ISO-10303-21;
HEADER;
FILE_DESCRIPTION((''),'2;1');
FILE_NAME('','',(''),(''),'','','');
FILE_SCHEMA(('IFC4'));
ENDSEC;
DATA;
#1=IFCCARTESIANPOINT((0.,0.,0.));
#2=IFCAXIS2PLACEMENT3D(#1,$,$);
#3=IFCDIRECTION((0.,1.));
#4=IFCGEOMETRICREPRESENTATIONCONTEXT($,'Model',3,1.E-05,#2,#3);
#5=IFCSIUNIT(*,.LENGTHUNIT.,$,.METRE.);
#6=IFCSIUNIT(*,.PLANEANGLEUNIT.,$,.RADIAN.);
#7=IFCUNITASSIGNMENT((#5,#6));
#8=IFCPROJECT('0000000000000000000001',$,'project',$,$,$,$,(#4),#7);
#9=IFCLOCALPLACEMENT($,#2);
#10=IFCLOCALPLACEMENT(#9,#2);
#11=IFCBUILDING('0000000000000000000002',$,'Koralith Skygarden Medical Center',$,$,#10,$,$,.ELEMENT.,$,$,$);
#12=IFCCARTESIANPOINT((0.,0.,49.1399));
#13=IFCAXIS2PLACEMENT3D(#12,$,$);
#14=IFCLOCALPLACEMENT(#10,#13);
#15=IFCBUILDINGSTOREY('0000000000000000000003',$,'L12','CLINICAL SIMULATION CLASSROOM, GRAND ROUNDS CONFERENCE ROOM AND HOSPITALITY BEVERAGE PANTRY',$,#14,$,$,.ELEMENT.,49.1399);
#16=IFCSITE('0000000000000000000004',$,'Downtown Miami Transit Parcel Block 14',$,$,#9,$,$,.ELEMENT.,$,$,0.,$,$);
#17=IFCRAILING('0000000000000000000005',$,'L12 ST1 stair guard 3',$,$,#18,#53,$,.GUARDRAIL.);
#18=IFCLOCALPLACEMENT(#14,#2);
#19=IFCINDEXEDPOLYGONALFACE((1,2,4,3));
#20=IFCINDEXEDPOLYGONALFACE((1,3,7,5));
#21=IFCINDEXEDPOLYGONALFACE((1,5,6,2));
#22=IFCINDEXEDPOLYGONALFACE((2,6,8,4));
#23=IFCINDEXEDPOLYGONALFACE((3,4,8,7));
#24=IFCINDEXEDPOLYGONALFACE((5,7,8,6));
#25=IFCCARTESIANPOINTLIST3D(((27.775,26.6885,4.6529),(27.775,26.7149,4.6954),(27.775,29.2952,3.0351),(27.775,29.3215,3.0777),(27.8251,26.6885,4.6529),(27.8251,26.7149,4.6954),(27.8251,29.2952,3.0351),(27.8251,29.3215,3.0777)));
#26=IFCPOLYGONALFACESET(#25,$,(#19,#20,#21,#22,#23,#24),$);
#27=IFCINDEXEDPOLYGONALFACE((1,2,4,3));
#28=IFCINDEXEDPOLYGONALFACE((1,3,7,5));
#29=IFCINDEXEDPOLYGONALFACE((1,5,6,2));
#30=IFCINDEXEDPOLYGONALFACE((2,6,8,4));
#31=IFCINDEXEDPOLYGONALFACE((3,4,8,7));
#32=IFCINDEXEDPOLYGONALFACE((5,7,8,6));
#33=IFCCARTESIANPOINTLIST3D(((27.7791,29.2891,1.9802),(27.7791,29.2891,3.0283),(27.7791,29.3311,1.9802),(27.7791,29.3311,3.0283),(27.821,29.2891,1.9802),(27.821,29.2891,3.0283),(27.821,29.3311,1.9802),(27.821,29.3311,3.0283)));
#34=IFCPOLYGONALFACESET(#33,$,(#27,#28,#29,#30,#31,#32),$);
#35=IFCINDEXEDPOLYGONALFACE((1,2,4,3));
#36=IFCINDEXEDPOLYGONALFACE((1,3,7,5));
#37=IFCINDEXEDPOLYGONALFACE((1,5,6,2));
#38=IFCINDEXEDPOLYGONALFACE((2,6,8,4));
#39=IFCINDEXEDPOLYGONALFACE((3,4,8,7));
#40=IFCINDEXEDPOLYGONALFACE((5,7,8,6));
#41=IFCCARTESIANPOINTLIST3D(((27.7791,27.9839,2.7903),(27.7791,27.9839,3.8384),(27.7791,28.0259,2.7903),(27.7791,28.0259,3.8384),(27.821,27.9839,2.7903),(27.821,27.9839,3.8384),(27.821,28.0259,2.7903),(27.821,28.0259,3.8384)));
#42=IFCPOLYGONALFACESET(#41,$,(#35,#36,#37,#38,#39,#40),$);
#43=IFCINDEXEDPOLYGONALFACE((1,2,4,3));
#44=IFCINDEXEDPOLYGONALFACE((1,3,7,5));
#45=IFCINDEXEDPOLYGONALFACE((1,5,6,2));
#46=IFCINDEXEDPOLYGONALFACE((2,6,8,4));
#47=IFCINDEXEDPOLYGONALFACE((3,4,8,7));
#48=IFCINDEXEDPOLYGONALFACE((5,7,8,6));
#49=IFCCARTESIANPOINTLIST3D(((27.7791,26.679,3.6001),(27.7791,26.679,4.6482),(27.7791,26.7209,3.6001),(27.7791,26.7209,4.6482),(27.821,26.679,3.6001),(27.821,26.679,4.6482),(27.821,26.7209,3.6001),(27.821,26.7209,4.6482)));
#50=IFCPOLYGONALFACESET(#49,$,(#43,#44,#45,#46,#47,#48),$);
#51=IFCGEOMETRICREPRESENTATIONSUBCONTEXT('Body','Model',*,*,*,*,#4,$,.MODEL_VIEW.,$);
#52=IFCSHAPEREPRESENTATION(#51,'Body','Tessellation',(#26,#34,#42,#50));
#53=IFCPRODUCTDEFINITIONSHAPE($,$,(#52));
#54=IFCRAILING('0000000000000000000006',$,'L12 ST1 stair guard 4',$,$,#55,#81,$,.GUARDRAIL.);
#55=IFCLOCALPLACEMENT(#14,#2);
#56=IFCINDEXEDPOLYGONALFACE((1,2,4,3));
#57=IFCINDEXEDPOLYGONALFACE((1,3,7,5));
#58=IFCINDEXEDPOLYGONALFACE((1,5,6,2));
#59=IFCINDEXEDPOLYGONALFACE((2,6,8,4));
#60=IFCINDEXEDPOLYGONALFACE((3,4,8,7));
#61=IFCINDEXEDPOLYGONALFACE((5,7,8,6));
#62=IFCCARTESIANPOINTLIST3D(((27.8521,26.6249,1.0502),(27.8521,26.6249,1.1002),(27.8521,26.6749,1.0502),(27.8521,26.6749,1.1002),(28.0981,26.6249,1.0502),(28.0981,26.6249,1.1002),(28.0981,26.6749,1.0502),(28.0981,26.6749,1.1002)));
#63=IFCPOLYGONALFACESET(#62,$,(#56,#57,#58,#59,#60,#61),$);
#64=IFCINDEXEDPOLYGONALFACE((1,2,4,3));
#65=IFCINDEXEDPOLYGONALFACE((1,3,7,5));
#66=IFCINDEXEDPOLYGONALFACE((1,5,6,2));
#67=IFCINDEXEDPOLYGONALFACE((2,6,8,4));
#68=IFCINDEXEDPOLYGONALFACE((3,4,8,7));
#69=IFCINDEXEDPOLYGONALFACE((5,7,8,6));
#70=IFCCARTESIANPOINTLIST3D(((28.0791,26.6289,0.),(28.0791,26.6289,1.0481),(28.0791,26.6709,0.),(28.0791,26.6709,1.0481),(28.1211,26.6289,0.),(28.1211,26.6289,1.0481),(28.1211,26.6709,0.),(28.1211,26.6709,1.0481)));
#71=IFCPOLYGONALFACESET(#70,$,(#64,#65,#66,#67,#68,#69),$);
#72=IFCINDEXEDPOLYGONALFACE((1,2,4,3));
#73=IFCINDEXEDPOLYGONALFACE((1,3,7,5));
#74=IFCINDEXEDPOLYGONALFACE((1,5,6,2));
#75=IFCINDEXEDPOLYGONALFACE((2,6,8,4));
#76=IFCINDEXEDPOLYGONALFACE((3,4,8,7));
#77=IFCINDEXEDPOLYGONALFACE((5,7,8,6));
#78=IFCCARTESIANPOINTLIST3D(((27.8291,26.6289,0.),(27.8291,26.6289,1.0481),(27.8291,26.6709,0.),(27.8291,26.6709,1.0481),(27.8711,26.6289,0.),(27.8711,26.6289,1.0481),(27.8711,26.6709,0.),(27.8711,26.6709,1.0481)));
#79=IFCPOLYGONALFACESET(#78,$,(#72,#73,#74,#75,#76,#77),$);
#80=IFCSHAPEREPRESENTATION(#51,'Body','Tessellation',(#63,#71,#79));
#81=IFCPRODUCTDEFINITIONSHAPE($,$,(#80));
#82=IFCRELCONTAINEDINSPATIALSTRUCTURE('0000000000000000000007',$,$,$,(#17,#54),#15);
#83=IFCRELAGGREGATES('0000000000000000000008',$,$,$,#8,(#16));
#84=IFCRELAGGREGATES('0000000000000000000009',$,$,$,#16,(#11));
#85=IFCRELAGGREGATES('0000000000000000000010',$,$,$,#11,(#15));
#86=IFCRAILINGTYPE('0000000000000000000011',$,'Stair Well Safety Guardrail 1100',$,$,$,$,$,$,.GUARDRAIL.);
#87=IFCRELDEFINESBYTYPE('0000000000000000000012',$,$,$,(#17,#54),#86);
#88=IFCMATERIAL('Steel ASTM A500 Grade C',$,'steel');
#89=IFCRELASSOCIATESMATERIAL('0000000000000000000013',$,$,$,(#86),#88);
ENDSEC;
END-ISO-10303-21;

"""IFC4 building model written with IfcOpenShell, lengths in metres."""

from ifc_helpers import new_model, si_unit, direction, frame, origin, origin_2d, place, context, subcontext, project, spatial, rectangle, extrude, material, type_object, element, save


model = new_model("IFC4")

# Units and contexts
model_context = context("Model", 3, precision=1e-05, world=origin(), true_north=direction((0.0, 1.0)))
body_context = subcontext(model_context, "Body", "Model", "MODEL_VIEW")
ifc_project = project(units=[si_unit("LENGTHUNIT", "METRE"), si_unit("PLANEANGLEUNIT", "RADIAN")], contexts=[model_context])

# Site, building, storey
site_placement = place(None, origin())
site = spatial("IfcSite", under=ifc_project, at=site_placement, Name="Downtown Miami Transit Parcel Block 14", CompositionType="ELEMENT", RefElevation=0.0)
building_placement = place(site_placement, origin())
building = spatial("IfcBuilding", under=site, at=building_placement, Name="Koralith Skygarden Medical Center", CompositionType="ELEMENT")
storey_placement = place(building_placement, frame((0.0, 0.0, 49.1399)))
storey = spatial("IfcBuildingStorey", under=building, at=storey_placement, Name="L12", Description="CLINICAL SIMULATION CLASSROOM, GRAND ROUNDS CONFERENCE ROOM AND HOSPITALITY BEVERAGE PANTRY", CompositionType="ELEMENT", Elevation=49.1399)

# Shared definitions
ifc_material_1 = material(Name="Steel ASTM A500 Grade C", Category="steel")

# Railings
railing_type_1 = type_object("IfcRailingType", Name="Stair Well Safety Guardrail 1100", PredefinedType="GUARDRAIL", material=ifc_material_1)
railing_1_placement = place(storey_placement, frame((27.8, 29.3101, 1.9802)))
element("IfcRailing", 1, at=railing_1_placement, inside=storey, type_object=railing_type_1, Name="L12 ST1 stair guard 3", PredefinedType="GUARDRAIL", context=body_context, shape_type="SweptSolid", body=[
    extrude(rectangle(XDim=0.05, YDim=0.05, at=origin_2d()), frame((0.0, -0.0017, 1.0762), z_axis=(0.0, -0.849668, 0.527317), x_axis=(1.0, 0.0, 0.0)), (0.0, 0.0, 1.0), 3.0679),
    extrude(rectangle(XDim=0.042, YDim=0.042, at=origin_2d()), origin(), (0.0, 0.0, 1.0), 1.0481),
    extrude(rectangle(XDim=0.042, YDim=0.042, at=origin_2d()), frame((0.0, -1.3052, 0.8101)), (0.0, 0.0, 1.0), 1.0481),
    extrude(rectangle(XDim=0.042, YDim=0.042, at=origin_2d()), frame((0.0, -2.6101, 1.6199)), (0.0, 0.0, 1.0), 1.0481),
])
railing_2_placement = place(storey_placement, frame((28.1001, 26.6499, 0.0)))
element("IfcRailing", 2, at=railing_2_placement, inside=storey, type_object=railing_type_1, Name="L12 ST1 stair guard 4", PredefinedType="GUARDRAIL", context=body_context, shape_type="SweptSolid", body=[
    extrude(rectangle(XDim=0.05, YDim=0.05, at=origin_2d()), frame((-0.002, 0.0, 1.0752), z_axis=(-1.0, 0.0, 0.0), x_axis=(0.0, -1.0, 0.0)), (0.0, 0.0, 1.0), 0.2461),
    extrude(rectangle(XDim=0.042, YDim=0.042, at=origin_2d()), origin(), (0.0, 0.0, 1.0), 1.0481),
    extrude(rectangle(XDim=0.042, YDim=0.042, at=origin_2d()), frame((-0.25, 0.0, 0.0)), (0.0, 0.0, 1.0), 1.0481),
])

save(model, "model.ifc")
